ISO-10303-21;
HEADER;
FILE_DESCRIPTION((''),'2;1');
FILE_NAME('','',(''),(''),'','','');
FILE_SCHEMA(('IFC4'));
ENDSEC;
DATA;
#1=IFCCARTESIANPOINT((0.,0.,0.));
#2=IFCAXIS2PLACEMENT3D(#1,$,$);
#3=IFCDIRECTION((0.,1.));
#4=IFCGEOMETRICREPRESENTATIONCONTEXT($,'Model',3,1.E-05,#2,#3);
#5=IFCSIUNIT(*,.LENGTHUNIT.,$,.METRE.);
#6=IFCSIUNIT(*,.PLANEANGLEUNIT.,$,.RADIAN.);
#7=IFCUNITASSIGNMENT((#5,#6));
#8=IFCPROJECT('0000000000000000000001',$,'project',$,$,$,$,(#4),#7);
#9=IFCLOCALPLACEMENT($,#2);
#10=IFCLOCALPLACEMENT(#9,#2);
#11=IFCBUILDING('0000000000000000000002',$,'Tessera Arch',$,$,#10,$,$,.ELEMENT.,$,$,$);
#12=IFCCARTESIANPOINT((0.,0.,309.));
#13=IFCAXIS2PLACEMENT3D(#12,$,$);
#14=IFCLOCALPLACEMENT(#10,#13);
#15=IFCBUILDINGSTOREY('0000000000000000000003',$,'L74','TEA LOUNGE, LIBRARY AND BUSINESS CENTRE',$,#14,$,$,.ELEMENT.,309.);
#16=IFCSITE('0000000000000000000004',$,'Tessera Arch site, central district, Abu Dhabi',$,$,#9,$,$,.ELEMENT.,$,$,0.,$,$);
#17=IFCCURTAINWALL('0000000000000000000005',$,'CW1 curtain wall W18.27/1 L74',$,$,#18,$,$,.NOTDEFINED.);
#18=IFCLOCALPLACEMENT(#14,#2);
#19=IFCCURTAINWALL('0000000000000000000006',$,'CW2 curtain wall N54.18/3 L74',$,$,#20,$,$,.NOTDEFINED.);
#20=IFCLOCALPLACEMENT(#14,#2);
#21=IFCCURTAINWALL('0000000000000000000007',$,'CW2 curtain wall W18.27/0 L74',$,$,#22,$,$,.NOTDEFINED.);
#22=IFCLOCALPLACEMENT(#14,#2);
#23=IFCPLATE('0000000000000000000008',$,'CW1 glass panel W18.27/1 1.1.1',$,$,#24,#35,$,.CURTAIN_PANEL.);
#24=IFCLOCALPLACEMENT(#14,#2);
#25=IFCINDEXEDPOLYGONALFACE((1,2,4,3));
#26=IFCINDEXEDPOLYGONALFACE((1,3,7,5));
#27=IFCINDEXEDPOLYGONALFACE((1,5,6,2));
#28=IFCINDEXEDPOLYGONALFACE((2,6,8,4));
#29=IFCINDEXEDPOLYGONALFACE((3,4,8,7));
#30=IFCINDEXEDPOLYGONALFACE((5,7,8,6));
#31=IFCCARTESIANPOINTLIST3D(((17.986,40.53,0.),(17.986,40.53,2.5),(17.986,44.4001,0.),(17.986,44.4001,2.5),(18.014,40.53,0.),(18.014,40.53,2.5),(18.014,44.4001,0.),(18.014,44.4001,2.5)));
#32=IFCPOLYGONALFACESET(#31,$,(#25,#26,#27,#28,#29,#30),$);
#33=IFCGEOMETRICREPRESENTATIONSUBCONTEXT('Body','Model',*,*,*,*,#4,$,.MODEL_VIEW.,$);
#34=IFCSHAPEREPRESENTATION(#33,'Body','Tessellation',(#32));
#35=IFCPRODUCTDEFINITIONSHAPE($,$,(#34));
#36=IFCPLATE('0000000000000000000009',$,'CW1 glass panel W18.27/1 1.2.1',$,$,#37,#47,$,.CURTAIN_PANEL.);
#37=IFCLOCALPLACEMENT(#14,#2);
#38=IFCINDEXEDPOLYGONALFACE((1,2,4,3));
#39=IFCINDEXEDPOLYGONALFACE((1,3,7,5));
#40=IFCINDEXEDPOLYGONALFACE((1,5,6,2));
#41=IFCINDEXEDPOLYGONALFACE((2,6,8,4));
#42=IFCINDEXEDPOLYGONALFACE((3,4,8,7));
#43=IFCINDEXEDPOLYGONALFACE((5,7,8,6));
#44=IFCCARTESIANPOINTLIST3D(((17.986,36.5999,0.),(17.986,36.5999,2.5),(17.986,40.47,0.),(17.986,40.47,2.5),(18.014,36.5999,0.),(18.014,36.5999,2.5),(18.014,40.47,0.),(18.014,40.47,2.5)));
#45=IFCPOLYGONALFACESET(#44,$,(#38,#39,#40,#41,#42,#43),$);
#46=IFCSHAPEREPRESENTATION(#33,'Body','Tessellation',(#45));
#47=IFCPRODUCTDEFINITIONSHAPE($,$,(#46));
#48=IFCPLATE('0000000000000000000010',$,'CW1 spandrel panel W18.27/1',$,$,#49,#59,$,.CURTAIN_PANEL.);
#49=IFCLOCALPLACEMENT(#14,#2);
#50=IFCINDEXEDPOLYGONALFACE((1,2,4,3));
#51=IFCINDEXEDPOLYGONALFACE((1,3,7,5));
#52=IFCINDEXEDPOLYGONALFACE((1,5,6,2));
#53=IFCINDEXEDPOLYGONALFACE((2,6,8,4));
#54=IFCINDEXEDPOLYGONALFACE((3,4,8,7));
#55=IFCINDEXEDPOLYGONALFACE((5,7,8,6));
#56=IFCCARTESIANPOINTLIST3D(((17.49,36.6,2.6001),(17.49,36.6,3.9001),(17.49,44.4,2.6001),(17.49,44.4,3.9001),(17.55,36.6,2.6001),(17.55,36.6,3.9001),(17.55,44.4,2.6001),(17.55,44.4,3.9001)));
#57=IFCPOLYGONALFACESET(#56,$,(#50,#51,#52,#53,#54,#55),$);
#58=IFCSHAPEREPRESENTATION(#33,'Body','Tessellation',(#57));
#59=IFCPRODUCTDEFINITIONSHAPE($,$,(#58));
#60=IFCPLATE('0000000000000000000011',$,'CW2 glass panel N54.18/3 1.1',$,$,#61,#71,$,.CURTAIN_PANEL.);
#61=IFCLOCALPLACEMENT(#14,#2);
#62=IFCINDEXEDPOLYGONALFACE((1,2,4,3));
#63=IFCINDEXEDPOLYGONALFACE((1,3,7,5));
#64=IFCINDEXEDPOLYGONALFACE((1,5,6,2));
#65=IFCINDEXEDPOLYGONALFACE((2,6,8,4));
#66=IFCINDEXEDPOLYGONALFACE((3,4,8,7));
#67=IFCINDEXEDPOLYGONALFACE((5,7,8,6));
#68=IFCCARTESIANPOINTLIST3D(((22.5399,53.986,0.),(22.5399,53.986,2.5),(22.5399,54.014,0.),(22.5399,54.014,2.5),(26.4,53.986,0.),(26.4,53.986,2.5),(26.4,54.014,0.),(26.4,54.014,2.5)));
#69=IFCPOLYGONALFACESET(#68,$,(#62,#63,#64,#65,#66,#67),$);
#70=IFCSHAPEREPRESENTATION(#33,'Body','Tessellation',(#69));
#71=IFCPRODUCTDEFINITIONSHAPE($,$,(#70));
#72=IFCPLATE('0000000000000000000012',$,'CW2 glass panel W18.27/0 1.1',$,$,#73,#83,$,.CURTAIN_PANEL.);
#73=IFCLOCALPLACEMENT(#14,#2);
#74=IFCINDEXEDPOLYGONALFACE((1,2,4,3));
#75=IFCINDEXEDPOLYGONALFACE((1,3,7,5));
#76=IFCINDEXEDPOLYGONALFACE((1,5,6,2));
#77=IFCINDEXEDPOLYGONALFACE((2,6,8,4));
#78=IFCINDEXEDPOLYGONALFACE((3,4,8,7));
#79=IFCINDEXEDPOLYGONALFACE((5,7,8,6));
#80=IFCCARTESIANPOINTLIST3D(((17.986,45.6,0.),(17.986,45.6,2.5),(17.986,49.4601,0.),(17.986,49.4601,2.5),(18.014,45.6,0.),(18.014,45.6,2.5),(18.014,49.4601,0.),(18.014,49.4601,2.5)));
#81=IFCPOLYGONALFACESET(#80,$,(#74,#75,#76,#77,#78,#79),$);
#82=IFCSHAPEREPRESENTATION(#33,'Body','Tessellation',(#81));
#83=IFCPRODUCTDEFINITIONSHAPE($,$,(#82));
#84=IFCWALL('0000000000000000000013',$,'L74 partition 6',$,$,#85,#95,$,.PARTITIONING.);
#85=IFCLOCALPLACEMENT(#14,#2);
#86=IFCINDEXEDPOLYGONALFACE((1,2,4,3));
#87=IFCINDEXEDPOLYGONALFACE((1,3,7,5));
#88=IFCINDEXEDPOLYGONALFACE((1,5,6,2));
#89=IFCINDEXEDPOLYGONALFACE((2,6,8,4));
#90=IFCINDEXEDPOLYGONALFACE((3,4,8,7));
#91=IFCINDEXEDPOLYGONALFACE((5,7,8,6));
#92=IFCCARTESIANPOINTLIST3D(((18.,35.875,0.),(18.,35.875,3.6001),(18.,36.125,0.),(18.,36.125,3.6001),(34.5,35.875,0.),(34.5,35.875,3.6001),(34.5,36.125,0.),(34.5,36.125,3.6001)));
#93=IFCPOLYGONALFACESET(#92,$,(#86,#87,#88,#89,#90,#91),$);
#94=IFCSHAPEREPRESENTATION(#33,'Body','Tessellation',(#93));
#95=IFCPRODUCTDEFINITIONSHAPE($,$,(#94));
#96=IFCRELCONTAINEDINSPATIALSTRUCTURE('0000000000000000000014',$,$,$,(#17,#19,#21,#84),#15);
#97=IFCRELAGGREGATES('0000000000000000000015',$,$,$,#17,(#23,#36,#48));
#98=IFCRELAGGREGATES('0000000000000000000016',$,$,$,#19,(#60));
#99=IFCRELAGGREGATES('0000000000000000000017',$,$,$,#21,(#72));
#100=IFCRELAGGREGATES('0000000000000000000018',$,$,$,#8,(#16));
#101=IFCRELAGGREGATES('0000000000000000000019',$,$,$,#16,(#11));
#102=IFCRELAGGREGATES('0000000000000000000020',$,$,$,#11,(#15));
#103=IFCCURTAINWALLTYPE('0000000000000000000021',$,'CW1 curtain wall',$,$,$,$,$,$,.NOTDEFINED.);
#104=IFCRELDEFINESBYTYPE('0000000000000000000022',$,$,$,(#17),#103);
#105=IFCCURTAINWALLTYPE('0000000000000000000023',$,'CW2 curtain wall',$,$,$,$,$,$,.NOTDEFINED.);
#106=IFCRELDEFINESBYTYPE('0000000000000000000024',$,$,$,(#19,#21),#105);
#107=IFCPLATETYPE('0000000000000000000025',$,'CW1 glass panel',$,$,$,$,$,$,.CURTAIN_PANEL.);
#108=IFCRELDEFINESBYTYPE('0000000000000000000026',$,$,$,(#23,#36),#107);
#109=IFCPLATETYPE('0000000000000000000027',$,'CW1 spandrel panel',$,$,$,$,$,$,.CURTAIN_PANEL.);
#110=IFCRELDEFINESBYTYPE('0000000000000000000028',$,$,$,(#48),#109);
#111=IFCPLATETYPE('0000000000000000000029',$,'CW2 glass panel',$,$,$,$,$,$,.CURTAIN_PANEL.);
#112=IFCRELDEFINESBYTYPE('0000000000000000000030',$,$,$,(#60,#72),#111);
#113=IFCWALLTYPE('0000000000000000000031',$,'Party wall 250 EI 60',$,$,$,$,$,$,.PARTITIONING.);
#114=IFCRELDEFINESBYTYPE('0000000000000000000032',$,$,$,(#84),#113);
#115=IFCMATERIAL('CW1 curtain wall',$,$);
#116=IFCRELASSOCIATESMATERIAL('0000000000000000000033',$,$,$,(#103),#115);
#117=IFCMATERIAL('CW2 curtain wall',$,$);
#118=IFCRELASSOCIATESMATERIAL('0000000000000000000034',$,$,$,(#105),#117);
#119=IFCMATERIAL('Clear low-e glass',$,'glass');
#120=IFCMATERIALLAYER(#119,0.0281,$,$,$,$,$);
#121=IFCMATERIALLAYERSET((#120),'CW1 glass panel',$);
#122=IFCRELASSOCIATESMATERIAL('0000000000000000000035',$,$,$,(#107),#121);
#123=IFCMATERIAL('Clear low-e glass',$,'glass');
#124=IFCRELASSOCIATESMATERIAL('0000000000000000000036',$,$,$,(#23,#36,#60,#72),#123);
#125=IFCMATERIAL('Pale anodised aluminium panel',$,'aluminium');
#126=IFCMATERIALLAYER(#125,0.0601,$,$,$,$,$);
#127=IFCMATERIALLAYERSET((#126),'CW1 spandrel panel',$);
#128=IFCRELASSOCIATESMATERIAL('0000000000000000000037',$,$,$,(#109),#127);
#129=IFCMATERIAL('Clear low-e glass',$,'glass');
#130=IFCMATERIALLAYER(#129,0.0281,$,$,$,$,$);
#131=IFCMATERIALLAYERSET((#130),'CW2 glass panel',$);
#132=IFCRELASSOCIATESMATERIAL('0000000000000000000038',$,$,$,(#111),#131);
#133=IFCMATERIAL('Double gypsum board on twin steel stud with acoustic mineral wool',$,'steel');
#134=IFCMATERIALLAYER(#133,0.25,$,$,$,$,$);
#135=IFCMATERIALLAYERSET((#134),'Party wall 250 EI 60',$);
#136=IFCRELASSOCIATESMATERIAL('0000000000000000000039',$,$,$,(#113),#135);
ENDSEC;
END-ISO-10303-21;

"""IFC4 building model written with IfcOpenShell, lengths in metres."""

from ifc_helpers import new_model, si_unit, direction, frame, frame_2d, origin, origin_2d, place, context, subcontext, project, spatial, rectangle, extrude, material, layer, layer_set, type_object, element, aggregate, save


model = new_model("IFC4")

# Units and contexts
model_context = context("Model", 3, precision=1e-05, world=origin(), true_north=direction((0.0, 1.0)))
body_context = subcontext(model_context, "Body", "Model", "MODEL_VIEW")
ifc_project = project(units=[si_unit("LENGTHUNIT", "METRE"), si_unit("PLANEANGLEUNIT", "RADIAN")], contexts=[model_context])

# Site, building, storey
site_placement = place(None, origin())
site = spatial("IfcSite", under=ifc_project, at=site_placement, Name="Tessera Arch site, central district, Abu Dhabi", CompositionType="ELEMENT", RefElevation=0.0)
building_placement = place(site_placement, origin())
building = spatial("IfcBuilding", under=site, at=building_placement, Name="Tessera Arch", CompositionType="ELEMENT")
storey_placement = place(building_placement, frame((0.0, 0.0, 309.0)))
storey = spatial("IfcBuildingStorey", under=building, at=storey_placement, Name="L74", Description="TEA LOUNGE, LIBRARY AND BUSINESS CENTRE", CompositionType="ELEMENT", Elevation=309.0)

# Curtain wall
ifc_material_1 = material(Name="CW1 curtain wall")
curtain_wall_type_1 = type_object("IfcCurtainWallType", Name="CW1 curtain wall", PredefinedType="NOTDEFINED", material=ifc_material_1)
curtain_wall_1_placement = place(storey_placement, origin())
curtain_wall_1 = element("IfcCurtainWall", 1, at=curtain_wall_1_placement, inside=storey, type_object=curtain_wall_type_1, Name="CW1 curtain wall W18.27/1 L74", PredefinedType="NOTDEFINED")

# Curtain walls
ifc_material_2 = material(Name="CW2 curtain wall")
curtain_wall_type_2 = type_object("IfcCurtainWallType", Name="CW2 curtain wall", PredefinedType="NOTDEFINED", material=ifc_material_2)
curtain_wall_2_placement = place(storey_placement, origin())
curtain_wall_2 = element("IfcCurtainWall", 2, at=curtain_wall_2_placement, inside=storey, type_object=curtain_wall_type_2, Name="CW2 curtain wall N54.18/3 L74", PredefinedType="NOTDEFINED")
curtain_wall_3_placement = place(storey_placement, origin())
curtain_wall_3 = element("IfcCurtainWall", 3, at=curtain_wall_3_placement, inside=storey, type_object=curtain_wall_type_2, Name="CW2 curtain wall W18.27/0 L74", PredefinedType="NOTDEFINED")

# Plates
ifc_material_3 = material(Name="Clear low-e glass", Category="glass")
ifc_material_4 = material(Name="Clear low-e glass", Category="glass")
ifc_layer_1 = layer(ifc_material_4, 0.0281)
ifc_layer_set_1 = layer_set([ifc_layer_1], Name="CW1 glass panel")
plate_type_1 = type_object("IfcPlateType", Name="CW1 glass panel", PredefinedType="CURTAIN_PANEL", material=ifc_layer_set_1)
plate_1_placement = place(storey_placement, frame((18.0, 42.4651, 0.0), z_axis=(0.0, 0.0, 1.0), x_axis=(0.0, -1.0, 0.0)))
plate_1 = element("IfcPlate", 4, at=plate_1_placement, type_object=plate_type_1, material=ifc_material_3, Name="CW1 glass panel W18.27/1 1.1.1", PredefinedType="CURTAIN_PANEL", context=body_context, shape_type="SweptSolid", body=[
    extrude(rectangle(XDim=3.8701, YDim=0.0281, at=origin_2d()), origin(), (0.0, 0.0, 1.0), 2.5),
])
plate_2_placement = place(storey_placement, frame((18.0, 38.5349, 0.0), z_axis=(0.0, 0.0, 1.0), x_axis=(0.0, -1.0, 0.0)))
plate_2 = element("IfcPlate", 5, at=plate_2_placement, type_object=plate_type_1, material=ifc_material_3, Name="CW1 glass panel W18.27/1 1.2.1", PredefinedType="CURTAIN_PANEL", context=body_context, shape_type="SweptSolid", body=[
    extrude(rectangle(XDim=3.8701, YDim=0.0281, at=origin_2d()), origin(), (0.0, 0.0, 1.0), 2.5),
])
ifc_material_5 = material(Name="Pale anodised aluminium panel", Category="aluminium")
ifc_layer_2 = layer(ifc_material_5, 0.0601)
ifc_layer_set_2 = layer_set([ifc_layer_2], Name="CW1 spandrel panel")
plate_type_2 = type_object("IfcPlateType", Name="CW1 spandrel panel", PredefinedType="CURTAIN_PANEL", material=ifc_layer_set_2)
plate_3_placement = place(storey_placement, frame((17.52, 40.5, 2.6001), z_axis=(0.0, 0.0, 1.0), x_axis=(0.0, -1.0, 0.0)))
plate_3 = element("IfcPlate", 6, at=plate_3_placement, type_object=plate_type_2, Name="CW1 spandrel panel W18.27/1", PredefinedType="CURTAIN_PANEL", context=body_context, shape_type="SweptSolid", body=[
    extrude(rectangle(XDim=7.8, YDim=0.0601, at=origin_2d()), origin(), (0.0, 0.0, 1.0), 1.3),
])
aggregate(curtain_wall_1, [plate_1, plate_2, plate_3])
ifc_material_6 = material(Name="Clear low-e glass", Category="glass")
ifc_layer_3 = layer(ifc_material_6, 0.0281)
ifc_layer_set_3 = layer_set([ifc_layer_3], Name="CW2 glass panel")
plate_type_3 = type_object("IfcPlateType", Name="CW2 glass panel", PredefinedType="CURTAIN_PANEL", material=ifc_layer_set_3)
plate_4_placement = place(storey_placement, frame((24.47, 54.0, 0.0), z_axis=(0.0, 0.0, 1.0), x_axis=(-1.0, 0.0, 0.0)))
plate_4 = element("IfcPlate", 7, at=plate_4_placement, type_object=plate_type_3, material=ifc_material_3, Name="CW2 glass panel N54.18/3 1.1", PredefinedType="CURTAIN_PANEL", context=body_context, shape_type="SweptSolid", body=[
    extrude(rectangle(XDim=3.8601, YDim=0.0281, at=origin_2d()), origin(), (0.0, 0.0, 1.0), 2.5),
])
aggregate(curtain_wall_2, [plate_4])
plate_5_placement = place(storey_placement, frame((18.0, 47.53, 0.0), z_axis=(0.0, 0.0, 1.0), x_axis=(0.0, -1.0, 0.0)))
plate_5 = element("IfcPlate", 8, at=plate_5_placement, type_object=plate_type_3, material=ifc_material_3, Name="CW2 glass panel W18.27/0 1.1", PredefinedType="CURTAIN_PANEL", context=body_context, shape_type="SweptSolid", body=[
    extrude(rectangle(XDim=3.8601, YDim=0.0281, at=origin_2d()), origin(), (0.0, 0.0, 1.0), 2.5),
])
aggregate(curtain_wall_3, [plate_5])

# Wall
ifc_material_7 = material(Name="Double gypsum board on twin steel stud with acoustic mineral wool", Category="steel")
ifc_layer_4 = layer(ifc_material_7, 0.25)
ifc_layer_set_4 = layer_set([ifc_layer_4], Name="Party wall 250 EI 60")
wall_type = type_object("IfcWallType", Name="Party wall 250 EI 60", PredefinedType="PARTITIONING", material=ifc_layer_set_4)
wall_placement = place(storey_placement, frame((18.0, 36.0, 0.0), z_axis=(0.0, 0.0, 1.0), x_axis=(1.0, 0.0, 0.0)))
element("IfcWall", 9, at=wall_placement, inside=storey, type_object=wall_type, Name="L74 partition 6", PredefinedType="PARTITIONING", context=body_context, shape_type="SweptSolid", body=[
    extrude(rectangle(XDim=16.5, YDim=0.25, at=frame_2d((8.25, 0.0))), origin(), (0.0, 0.0, 1.0), 3.6001),
])

save(model, "model.ifc")
